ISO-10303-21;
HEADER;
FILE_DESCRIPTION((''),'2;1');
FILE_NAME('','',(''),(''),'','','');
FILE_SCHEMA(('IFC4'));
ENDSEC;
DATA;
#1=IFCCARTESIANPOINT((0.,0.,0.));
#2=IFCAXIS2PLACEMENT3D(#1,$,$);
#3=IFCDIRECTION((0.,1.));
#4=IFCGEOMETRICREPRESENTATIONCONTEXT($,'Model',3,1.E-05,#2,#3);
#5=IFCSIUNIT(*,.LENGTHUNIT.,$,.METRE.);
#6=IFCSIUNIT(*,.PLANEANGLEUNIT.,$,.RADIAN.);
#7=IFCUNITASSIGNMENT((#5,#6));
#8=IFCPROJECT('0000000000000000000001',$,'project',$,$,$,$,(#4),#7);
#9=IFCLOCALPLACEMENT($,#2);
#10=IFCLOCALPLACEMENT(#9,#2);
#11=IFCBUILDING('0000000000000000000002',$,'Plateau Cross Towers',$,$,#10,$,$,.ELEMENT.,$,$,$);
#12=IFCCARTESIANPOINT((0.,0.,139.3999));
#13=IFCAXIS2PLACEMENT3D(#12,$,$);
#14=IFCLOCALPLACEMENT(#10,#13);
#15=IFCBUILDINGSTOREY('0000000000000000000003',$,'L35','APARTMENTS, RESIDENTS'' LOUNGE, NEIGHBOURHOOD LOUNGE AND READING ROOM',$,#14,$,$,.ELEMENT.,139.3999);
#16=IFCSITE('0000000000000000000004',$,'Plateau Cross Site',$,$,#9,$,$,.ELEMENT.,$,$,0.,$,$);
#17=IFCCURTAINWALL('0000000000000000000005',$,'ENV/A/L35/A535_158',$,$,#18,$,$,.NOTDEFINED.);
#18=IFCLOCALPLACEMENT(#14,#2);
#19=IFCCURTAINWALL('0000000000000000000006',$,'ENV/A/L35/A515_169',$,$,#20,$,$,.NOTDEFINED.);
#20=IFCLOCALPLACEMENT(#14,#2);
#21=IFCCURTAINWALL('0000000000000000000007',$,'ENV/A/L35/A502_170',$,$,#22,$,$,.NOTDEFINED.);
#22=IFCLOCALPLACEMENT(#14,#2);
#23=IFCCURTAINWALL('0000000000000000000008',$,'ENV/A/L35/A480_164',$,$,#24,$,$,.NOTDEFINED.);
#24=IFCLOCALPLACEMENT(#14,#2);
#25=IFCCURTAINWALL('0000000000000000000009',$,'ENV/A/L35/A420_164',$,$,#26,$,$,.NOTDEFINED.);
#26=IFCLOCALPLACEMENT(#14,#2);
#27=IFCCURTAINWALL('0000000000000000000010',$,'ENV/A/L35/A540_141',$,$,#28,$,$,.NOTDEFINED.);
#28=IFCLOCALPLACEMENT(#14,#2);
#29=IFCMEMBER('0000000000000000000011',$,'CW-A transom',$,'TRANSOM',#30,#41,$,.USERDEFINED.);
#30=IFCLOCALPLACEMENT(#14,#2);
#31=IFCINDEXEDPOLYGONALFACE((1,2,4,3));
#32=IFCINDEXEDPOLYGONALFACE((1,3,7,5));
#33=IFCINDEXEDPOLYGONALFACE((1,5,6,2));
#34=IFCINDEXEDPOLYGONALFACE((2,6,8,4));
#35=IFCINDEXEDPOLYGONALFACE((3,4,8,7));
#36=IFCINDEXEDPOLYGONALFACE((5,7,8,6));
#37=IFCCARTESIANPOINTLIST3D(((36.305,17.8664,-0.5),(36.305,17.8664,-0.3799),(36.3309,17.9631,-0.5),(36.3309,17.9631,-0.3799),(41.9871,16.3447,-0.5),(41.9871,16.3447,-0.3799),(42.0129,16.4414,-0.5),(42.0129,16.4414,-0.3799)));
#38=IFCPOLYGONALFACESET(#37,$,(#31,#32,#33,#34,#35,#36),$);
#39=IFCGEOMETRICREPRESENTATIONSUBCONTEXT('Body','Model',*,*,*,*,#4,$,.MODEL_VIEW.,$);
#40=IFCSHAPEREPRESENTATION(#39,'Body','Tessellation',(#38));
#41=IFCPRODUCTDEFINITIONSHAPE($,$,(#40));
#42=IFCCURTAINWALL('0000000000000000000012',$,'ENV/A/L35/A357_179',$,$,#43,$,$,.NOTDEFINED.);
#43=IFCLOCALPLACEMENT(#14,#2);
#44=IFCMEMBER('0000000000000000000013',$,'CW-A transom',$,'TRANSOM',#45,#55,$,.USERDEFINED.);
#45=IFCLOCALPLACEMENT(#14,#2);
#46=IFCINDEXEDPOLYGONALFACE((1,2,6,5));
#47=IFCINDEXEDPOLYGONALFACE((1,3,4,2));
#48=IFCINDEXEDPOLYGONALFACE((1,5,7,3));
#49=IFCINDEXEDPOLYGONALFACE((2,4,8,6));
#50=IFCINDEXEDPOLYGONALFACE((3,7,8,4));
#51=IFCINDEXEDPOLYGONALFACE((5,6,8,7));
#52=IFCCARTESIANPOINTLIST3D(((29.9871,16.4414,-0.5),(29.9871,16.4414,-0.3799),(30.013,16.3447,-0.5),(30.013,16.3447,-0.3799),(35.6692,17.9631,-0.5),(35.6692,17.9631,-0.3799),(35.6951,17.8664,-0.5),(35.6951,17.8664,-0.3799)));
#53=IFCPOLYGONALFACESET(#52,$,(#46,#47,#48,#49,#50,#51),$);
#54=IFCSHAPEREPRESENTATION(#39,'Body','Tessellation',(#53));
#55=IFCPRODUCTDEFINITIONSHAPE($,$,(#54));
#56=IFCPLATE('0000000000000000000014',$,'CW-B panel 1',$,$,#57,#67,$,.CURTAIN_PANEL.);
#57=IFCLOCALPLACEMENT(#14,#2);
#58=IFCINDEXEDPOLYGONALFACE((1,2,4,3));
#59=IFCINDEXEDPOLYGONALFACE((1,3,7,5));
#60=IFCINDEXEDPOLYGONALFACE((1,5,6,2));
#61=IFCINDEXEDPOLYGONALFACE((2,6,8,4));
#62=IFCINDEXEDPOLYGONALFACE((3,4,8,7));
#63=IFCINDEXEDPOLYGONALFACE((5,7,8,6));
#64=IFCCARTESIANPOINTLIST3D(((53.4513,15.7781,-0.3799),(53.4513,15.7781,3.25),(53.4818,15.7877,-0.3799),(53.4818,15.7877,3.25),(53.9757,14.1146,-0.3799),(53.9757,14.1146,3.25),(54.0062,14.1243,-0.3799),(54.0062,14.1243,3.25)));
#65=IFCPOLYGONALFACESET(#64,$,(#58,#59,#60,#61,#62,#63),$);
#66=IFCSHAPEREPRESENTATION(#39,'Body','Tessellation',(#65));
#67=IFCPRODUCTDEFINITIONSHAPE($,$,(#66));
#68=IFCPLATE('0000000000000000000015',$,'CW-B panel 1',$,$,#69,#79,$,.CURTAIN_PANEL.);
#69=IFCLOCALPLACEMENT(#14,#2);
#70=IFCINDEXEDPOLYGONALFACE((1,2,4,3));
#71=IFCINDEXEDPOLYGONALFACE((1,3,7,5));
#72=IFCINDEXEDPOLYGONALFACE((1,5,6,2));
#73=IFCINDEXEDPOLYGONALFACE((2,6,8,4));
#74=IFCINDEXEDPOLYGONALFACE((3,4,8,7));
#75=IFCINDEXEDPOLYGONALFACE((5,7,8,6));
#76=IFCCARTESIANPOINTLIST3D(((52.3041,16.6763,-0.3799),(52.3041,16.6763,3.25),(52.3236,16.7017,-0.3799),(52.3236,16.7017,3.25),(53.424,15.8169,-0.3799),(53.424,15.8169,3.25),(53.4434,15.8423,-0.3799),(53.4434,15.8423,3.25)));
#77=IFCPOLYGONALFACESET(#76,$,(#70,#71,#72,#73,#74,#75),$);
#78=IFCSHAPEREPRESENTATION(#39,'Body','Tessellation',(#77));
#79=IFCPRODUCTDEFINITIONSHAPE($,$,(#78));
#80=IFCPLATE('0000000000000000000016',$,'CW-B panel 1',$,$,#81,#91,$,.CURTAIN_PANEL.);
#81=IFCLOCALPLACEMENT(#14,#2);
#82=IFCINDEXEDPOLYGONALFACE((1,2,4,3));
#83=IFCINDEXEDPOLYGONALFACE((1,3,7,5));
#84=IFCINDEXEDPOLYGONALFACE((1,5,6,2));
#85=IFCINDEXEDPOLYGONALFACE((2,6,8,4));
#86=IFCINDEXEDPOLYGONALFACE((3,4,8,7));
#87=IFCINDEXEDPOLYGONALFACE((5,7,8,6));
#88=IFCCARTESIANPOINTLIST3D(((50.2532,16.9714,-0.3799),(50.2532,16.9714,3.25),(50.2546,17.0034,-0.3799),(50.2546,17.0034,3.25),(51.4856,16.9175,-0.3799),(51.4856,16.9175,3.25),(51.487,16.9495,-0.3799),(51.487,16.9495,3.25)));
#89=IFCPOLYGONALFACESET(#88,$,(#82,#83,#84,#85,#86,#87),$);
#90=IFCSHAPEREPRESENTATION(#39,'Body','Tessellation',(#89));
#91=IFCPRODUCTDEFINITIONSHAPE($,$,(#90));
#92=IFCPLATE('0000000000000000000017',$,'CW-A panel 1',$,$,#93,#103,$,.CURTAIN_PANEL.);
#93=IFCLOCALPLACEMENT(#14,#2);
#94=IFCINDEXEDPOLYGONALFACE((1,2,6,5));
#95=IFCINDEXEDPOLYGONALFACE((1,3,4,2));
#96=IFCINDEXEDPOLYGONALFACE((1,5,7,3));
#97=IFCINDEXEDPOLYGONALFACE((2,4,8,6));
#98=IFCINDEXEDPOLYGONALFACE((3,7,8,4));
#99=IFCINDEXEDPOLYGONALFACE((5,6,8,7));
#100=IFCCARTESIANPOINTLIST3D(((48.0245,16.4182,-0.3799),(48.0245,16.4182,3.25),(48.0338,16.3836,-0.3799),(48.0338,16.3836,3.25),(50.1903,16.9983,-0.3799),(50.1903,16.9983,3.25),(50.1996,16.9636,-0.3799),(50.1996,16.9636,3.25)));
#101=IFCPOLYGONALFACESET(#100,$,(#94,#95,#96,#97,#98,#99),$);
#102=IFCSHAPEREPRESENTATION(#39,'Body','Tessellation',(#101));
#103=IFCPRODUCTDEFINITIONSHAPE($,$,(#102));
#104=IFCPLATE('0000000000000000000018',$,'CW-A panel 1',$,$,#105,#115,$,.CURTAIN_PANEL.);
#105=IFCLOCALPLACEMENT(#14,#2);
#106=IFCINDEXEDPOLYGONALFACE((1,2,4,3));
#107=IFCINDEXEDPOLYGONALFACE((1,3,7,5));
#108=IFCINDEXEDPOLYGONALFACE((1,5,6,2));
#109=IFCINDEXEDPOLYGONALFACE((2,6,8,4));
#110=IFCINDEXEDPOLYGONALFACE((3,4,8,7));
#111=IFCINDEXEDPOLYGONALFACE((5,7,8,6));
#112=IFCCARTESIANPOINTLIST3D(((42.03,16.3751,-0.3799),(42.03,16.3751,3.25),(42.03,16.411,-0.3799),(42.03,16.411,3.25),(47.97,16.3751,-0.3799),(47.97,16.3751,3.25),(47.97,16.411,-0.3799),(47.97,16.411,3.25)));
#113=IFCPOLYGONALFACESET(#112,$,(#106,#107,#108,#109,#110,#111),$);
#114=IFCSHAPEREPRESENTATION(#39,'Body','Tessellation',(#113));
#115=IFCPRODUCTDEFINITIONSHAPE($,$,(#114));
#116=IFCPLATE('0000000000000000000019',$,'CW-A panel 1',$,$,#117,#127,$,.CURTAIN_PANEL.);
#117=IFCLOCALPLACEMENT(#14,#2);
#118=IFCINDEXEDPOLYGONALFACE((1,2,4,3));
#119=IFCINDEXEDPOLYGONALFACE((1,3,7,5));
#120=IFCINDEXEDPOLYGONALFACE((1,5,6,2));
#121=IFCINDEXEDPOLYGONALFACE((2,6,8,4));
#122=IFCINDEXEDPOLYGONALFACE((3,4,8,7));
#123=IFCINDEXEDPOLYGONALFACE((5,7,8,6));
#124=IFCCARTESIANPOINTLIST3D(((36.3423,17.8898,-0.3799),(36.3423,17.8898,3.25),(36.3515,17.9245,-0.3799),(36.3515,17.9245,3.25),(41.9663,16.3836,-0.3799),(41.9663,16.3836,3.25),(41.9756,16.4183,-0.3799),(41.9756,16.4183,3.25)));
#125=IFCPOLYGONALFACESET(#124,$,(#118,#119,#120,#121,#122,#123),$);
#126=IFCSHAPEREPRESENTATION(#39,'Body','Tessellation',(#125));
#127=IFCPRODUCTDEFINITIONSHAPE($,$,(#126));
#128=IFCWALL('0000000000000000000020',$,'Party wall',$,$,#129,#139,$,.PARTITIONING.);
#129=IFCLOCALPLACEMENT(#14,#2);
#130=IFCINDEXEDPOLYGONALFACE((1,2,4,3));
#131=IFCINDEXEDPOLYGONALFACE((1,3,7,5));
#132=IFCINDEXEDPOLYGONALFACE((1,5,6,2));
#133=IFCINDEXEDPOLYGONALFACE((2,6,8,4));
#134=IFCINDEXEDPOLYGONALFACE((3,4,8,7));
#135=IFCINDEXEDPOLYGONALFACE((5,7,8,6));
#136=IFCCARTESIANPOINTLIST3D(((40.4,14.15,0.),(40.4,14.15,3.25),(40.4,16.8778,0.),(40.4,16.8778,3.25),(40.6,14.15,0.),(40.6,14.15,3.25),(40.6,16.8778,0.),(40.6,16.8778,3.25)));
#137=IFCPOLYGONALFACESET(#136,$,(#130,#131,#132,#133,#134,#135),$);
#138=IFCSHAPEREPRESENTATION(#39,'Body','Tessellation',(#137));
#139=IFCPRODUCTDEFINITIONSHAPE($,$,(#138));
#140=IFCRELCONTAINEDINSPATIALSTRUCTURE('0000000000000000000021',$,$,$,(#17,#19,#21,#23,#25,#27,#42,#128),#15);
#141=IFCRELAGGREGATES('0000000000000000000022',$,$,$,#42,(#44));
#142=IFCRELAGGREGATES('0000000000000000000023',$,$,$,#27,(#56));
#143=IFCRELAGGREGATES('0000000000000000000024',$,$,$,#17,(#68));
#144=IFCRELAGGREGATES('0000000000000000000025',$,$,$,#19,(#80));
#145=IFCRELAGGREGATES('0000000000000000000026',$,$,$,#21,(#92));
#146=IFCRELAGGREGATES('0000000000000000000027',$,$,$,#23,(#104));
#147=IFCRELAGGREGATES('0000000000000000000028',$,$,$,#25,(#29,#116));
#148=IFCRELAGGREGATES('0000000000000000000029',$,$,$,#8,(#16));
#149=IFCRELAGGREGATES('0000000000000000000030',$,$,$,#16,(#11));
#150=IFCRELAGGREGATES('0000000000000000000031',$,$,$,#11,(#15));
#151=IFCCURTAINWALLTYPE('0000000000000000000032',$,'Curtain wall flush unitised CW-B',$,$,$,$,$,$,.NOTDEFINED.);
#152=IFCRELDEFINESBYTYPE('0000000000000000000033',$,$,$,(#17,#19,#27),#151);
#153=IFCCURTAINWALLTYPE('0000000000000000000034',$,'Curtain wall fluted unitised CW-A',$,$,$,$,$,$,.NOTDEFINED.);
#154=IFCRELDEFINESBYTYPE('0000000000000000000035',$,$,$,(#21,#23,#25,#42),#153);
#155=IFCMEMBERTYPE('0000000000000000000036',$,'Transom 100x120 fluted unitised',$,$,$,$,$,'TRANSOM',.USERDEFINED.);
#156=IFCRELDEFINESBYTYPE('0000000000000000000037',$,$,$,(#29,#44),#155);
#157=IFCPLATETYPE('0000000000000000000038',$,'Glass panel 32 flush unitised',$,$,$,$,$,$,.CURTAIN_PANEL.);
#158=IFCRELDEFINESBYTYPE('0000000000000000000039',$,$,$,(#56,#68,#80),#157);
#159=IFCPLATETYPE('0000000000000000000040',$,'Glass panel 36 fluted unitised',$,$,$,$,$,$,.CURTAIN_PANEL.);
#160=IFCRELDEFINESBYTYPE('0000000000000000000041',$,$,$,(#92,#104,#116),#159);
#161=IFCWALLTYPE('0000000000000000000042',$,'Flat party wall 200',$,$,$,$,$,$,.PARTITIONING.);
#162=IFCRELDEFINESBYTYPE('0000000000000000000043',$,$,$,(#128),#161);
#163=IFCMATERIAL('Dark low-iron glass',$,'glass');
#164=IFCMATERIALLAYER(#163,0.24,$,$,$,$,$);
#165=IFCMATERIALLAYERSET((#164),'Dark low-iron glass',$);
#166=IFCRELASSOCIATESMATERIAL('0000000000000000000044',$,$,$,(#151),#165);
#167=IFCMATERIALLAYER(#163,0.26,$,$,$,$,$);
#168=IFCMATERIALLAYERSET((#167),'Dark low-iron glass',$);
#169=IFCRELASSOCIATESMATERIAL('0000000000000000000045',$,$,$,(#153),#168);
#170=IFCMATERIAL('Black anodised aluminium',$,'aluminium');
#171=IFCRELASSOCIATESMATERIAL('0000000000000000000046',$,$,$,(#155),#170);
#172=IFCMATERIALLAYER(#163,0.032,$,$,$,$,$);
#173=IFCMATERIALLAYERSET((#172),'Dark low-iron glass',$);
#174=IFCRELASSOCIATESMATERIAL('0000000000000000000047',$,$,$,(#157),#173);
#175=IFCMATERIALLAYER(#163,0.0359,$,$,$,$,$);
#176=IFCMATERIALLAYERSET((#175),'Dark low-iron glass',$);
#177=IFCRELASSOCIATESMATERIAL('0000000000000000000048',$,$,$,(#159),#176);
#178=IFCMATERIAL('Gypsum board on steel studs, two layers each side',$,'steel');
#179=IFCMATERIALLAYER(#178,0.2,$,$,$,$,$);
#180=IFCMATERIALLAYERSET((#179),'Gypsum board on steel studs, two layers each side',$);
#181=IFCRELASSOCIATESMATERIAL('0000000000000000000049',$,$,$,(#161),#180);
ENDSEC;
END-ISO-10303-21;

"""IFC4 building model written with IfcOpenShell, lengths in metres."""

from ifc_helpers import new_model, si_unit, direction, frame, frame_2d, origin, origin_2d, place, context, subcontext, project, spatial, rectangle, extrude, material, layer, layer_set, material_profile, profile_set, type_object, element, aggregate, save


model = new_model("IFC4")

# Units and contexts
model_context = context("Model", 3, precision=1e-05, world=origin(), true_north=direction((0.0, 1.0)))
body_context = subcontext(model_context, "Body", "Model", "MODEL_VIEW")
ifc_project = project(units=[si_unit("LENGTHUNIT", "METRE"), si_unit("PLANEANGLEUNIT", "RADIAN")], contexts=[model_context])

# Site, building, storey
site_placement = place(None, origin())
site = spatial("IfcSite", under=ifc_project, at=site_placement, Name="Plateau Cross Site", CompositionType="ELEMENT", RefElevation=0.0)
building_placement = place(site_placement, origin())
building = spatial("IfcBuilding", under=site, at=building_placement, Name="Plateau Cross Towers", CompositionType="ELEMENT")
storey_placement = place(building_placement, frame((0.0, 0.0, 139.3999)))
storey = spatial("IfcBuildingStorey", under=building, at=storey_placement, Name="L35", Description="APARTMENTS, RESIDENTS' LOUNGE, NEIGHBOURHOOD LOUNGE AND READING ROOM", CompositionType="ELEMENT", Elevation=139.3999)

# Curtain wall
ifc_material_1 = material(Name="Dark low-iron glass", Category="glass")
ifc_layer_1 = layer(ifc_material_1, 0.24)
ifc_layer_set_1 = layer_set([ifc_layer_1], Name="Dark low-iron glass")
curtain_wall_type_1 = type_object("IfcCurtainWallType", Name="Curtain wall flush unitised CW-B", PredefinedType="NOTDEFINED", material=ifc_layer_set_1)
curtain_wall_1_placement = place(storey_placement, origin())
curtain_wall_1 = element("IfcCurtainWall", 1, at=curtain_wall_1_placement, inside=storey, type_object=curtain_wall_type_1, Name="ENV/A/L35/A535_158", PredefinedType="NOTDEFINED")
ifc_material_2 = material(Name="Black anodised aluminium", Category="aluminium")

# Curtain walls
curtain_wall_2_placement = place(storey_placement, origin())
curtain_wall_2 = element("IfcCurtainWall", 2, at=curtain_wall_2_placement, inside=storey, type_object=curtain_wall_type_1, Name="ENV/A/L35/A515_169", PredefinedType="NOTDEFINED")
ifc_layer_2 = layer(ifc_material_1, 0.26)
ifc_layer_set_2 = layer_set([ifc_layer_2], Name="Dark low-iron glass")
curtain_wall_type_2 = type_object("IfcCurtainWallType", Name="Curtain wall fluted unitised CW-A", PredefinedType="NOTDEFINED", material=ifc_layer_set_2)
curtain_wall_3_placement = place(storey_placement, origin())
curtain_wall_3 = element("IfcCurtainWall", 3, at=curtain_wall_3_placement, inside=storey, type_object=curtain_wall_type_2, Name="ENV/A/L35/A502_170", PredefinedType="NOTDEFINED")
curtain_wall_4_placement = place(storey_placement, origin())
curtain_wall_4 = element("IfcCurtainWall", 4, at=curtain_wall_4_placement, inside=storey, type_object=curtain_wall_type_2, Name="ENV/A/L35/A480_164", PredefinedType="NOTDEFINED")

# Curtain wall
curtain_wall_5_placement = place(storey_placement, origin())
curtain_wall_5 = element("IfcCurtainWall", 5, at=curtain_wall_5_placement, inside=storey, type_object=curtain_wall_type_2, Name="ENV/A/L35/A420_164", PredefinedType="NOTDEFINED")

# Curtain wall
curtain_wall_6_placement = place(storey_placement, origin())
curtain_wall_6 = element("IfcCurtainWall", 6, at=curtain_wall_6_placement, inside=storey, type_object=curtain_wall_type_1, Name="ENV/A/L35/A540_141", PredefinedType="NOTDEFINED")

# Member
ifc_material_profile_1 = material_profile(ifc_material_2, rectangle(XDim=0.1001, YDim=0.1201, at=origin_2d()), Name="TRANSOM 100x120")
ifc_profile_set_1 = profile_set([ifc_material_profile_1], Name="Black anodised aluminium")
member_type_1 = type_object("IfcMemberType", Name="Transom 100x120 fluted unitised", ElementType="TRANSOM", PredefinedType="USERDEFINED", material=ifc_profile_set_1)
member_1_placement = place(storey_placement, frame((42.0, 16.3931, -0.4399), z_axis=(-0.96596, 0.258693, 0.0), x_axis=(-0.258693, -0.96596, 0.0)))
member_1 = element("IfcMember", 7, at=member_1_placement, type_object=member_type_1, Name="CW-A transom", ObjectType="TRANSOM", PredefinedType="USERDEFINED", context=body_context, shape_type="SweptSolid", body=[
    extrude(rectangle(XDim=0.1001, YDim=0.1201, at=origin_2d()), origin(), (0.0, 0.0, 1.0), 5.8823),
])

# Curtain wall, member
curtain_wall_7_placement = place(storey_placement, origin())
curtain_wall_7 = element("IfcCurtainWall", 8, at=curtain_wall_7_placement, inside=storey, type_object=curtain_wall_type_2, Name="ENV/A/L35/A357_179", PredefinedType="NOTDEFINED")
member_2_placement = place(storey_placement, frame((35.6821, 17.9148, -0.4399), z_axis=(-0.96596, -0.258693, 0.0), x_axis=(0.258693, -0.96596, 0.0)))
member_2 = element("IfcMember", 9, at=member_2_placement, type_object=member_type_1, Name="CW-A transom", ObjectType="TRANSOM", PredefinedType="USERDEFINED", context=body_context, shape_type="SweptSolid", body=[
    extrude(rectangle(XDim=0.1001, YDim=0.1201, at=origin_2d()), origin(), (0.0, 0.0, 1.0), 5.8823),
])
aggregate(curtain_wall_7, [member_2])

# Plates
ifc_layer_3 = layer(ifc_material_1, 0.032)
ifc_layer_set_3 = layer_set([ifc_layer_3], Name="Dark low-iron glass")
plate_type_1 = type_object("IfcPlateType", Name="Glass panel 32 flush unitised", PredefinedType="CURTAIN_PANEL", material=ifc_layer_set_3)
plate_1_placement = place(storey_placement, frame((53.7288, 14.9512, -0.3799), z_axis=(0.0, 0.0, 1.0), x_axis=(-0.300686, 0.953723, 0.0)))
plate_1 = element("IfcPlate", 10, at=plate_1_placement, type_object=plate_type_1, Name="CW-B panel 1", PredefinedType="CURTAIN_PANEL", context=body_context, shape_type="SweptSolid", body=[
    extrude(rectangle(XDim=1.7441, YDim=0.032, at=origin_2d()), origin(), (0.0, 0.0, 1.0), 3.6299),
])
aggregate(curtain_wall_6, [plate_1])
plate_2_placement = place(storey_placement, frame((52.8738, 16.2593, -0.3799), z_axis=(0.0, 0.0, 1.0), x_axis=(-0.793316, 0.608811, 0.0)))
plate_2 = element("IfcPlate", 11, at=plate_2_placement, type_object=plate_type_1, Name="CW-B panel 1", PredefinedType="CURTAIN_PANEL", context=body_context, shape_type="SweptSolid", body=[
    extrude(rectangle(XDim=1.4116, YDim=0.032, at=origin_2d()), origin(), (0.0, 0.0, 1.0), 3.6299),
])
aggregate(curtain_wall_1, [plate_2])
plate_3_placement = place(storey_placement, frame((50.8701, 16.9604, -0.3799), z_axis=(0.0, 0.0, 1.0), x_axis=(-0.999044, 0.043723, 0.0)))
plate_3 = element("IfcPlate", 12, at=plate_3_placement, type_object=plate_type_1, Name="CW-B panel 1", PredefinedType="CURTAIN_PANEL", context=body_context, shape_type="SweptSolid", body=[
    extrude(rectangle(XDim=1.2336, YDim=0.032, at=origin_2d()), origin(), (0.0, 0.0, 1.0), 3.6299),
])
aggregate(curtain_wall_2, [plate_3])
ifc_layer_4 = layer(ifc_material_1, 0.0359)
ifc_layer_set_4 = layer_set([ifc_layer_4], Name="Dark low-iron glass")
plate_type_2 = type_object("IfcPlateType", Name="Glass panel 36 fluted unitised", PredefinedType="CURTAIN_PANEL", material=ifc_layer_set_4)
plate_4_placement = place(storey_placement, frame((49.1121, 16.6909, -0.3799), z_axis=(0.0, 0.0, 1.0), x_axis=(-0.965958, -0.258699, 0.0)))
plate_4 = element("IfcPlate", 13, at=plate_4_placement, type_object=plate_type_2, Name="CW-A panel 1", PredefinedType="CURTAIN_PANEL", context=body_context, shape_type="SweptSolid", body=[
    extrude(rectangle(XDim=2.2422, YDim=0.0359, at=origin_2d()), origin(), (0.0, 0.0, 1.0), 3.6299),
])
aggregate(curtain_wall_3, [plate_4])
plate_5_placement = place(storey_placement, frame((45.0, 16.3931, -0.3799), z_axis=(0.0, 0.0, 1.0), x_axis=(-1.0, 0.0, 0.0)))
plate_5 = element("IfcPlate", 14, at=plate_5_placement, type_object=plate_type_2, Name="CW-A panel 1", PredefinedType="CURTAIN_PANEL", context=body_context, shape_type="SweptSolid", body=[
    extrude(rectangle(XDim=5.9399, YDim=0.0359, at=origin_2d()), origin(), (0.0, 0.0, 1.0), 3.6299),
])
aggregate(curtain_wall_4, [plate_5])
plate_6_placement = place(storey_placement, frame((39.1589, 17.1541, -0.3799), z_axis=(0.0, 0.0, 1.0), x_axis=(-0.965958, 0.258699, 0.0)))
plate_6 = element("IfcPlate", 15, at=plate_6_placement, type_object=plate_type_2, Name="CW-A panel 1", PredefinedType="CURTAIN_PANEL", context=body_context, shape_type="SweptSolid", body=[
    extrude(rectangle(XDim=5.8223, YDim=0.0359, at=origin_2d()), origin(), (0.0, 0.0, 1.0), 3.6299),
])
aggregate(curtain_wall_5, [member_1, plate_6])

# Wall
ifc_material_3 = material(Name="Gypsum board on steel studs, two layers each side", Category="steel")
ifc_layer_5 = layer(ifc_material_3, 0.2)
ifc_layer_set_5 = layer_set([ifc_layer_5], Name="Gypsum board on steel studs, two layers each side")
wall_type = type_object("IfcWallType", Name="Flat party wall 200", PredefinedType="PARTITIONING", material=ifc_layer_set_5)
wall_placement = place(storey_placement, frame((40.5, 16.8777, 0.0), z_axis=(0.0, 0.0, 1.0), x_axis=(0.0, -1.0, 0.0)))
element("IfcWall", 16, at=wall_placement, inside=storey, type_object=wall_type, Name="Party wall", PredefinedType="PARTITIONING", context=body_context, shape_type="SweptSolid", body=[
    extrude(rectangle(XDim=2.7278, YDim=0.2, at=frame_2d((1.3638, 0.0))), origin(), (0.0, 0.0, 1.0), 3.25),
])

save(model, "model.ifc")
